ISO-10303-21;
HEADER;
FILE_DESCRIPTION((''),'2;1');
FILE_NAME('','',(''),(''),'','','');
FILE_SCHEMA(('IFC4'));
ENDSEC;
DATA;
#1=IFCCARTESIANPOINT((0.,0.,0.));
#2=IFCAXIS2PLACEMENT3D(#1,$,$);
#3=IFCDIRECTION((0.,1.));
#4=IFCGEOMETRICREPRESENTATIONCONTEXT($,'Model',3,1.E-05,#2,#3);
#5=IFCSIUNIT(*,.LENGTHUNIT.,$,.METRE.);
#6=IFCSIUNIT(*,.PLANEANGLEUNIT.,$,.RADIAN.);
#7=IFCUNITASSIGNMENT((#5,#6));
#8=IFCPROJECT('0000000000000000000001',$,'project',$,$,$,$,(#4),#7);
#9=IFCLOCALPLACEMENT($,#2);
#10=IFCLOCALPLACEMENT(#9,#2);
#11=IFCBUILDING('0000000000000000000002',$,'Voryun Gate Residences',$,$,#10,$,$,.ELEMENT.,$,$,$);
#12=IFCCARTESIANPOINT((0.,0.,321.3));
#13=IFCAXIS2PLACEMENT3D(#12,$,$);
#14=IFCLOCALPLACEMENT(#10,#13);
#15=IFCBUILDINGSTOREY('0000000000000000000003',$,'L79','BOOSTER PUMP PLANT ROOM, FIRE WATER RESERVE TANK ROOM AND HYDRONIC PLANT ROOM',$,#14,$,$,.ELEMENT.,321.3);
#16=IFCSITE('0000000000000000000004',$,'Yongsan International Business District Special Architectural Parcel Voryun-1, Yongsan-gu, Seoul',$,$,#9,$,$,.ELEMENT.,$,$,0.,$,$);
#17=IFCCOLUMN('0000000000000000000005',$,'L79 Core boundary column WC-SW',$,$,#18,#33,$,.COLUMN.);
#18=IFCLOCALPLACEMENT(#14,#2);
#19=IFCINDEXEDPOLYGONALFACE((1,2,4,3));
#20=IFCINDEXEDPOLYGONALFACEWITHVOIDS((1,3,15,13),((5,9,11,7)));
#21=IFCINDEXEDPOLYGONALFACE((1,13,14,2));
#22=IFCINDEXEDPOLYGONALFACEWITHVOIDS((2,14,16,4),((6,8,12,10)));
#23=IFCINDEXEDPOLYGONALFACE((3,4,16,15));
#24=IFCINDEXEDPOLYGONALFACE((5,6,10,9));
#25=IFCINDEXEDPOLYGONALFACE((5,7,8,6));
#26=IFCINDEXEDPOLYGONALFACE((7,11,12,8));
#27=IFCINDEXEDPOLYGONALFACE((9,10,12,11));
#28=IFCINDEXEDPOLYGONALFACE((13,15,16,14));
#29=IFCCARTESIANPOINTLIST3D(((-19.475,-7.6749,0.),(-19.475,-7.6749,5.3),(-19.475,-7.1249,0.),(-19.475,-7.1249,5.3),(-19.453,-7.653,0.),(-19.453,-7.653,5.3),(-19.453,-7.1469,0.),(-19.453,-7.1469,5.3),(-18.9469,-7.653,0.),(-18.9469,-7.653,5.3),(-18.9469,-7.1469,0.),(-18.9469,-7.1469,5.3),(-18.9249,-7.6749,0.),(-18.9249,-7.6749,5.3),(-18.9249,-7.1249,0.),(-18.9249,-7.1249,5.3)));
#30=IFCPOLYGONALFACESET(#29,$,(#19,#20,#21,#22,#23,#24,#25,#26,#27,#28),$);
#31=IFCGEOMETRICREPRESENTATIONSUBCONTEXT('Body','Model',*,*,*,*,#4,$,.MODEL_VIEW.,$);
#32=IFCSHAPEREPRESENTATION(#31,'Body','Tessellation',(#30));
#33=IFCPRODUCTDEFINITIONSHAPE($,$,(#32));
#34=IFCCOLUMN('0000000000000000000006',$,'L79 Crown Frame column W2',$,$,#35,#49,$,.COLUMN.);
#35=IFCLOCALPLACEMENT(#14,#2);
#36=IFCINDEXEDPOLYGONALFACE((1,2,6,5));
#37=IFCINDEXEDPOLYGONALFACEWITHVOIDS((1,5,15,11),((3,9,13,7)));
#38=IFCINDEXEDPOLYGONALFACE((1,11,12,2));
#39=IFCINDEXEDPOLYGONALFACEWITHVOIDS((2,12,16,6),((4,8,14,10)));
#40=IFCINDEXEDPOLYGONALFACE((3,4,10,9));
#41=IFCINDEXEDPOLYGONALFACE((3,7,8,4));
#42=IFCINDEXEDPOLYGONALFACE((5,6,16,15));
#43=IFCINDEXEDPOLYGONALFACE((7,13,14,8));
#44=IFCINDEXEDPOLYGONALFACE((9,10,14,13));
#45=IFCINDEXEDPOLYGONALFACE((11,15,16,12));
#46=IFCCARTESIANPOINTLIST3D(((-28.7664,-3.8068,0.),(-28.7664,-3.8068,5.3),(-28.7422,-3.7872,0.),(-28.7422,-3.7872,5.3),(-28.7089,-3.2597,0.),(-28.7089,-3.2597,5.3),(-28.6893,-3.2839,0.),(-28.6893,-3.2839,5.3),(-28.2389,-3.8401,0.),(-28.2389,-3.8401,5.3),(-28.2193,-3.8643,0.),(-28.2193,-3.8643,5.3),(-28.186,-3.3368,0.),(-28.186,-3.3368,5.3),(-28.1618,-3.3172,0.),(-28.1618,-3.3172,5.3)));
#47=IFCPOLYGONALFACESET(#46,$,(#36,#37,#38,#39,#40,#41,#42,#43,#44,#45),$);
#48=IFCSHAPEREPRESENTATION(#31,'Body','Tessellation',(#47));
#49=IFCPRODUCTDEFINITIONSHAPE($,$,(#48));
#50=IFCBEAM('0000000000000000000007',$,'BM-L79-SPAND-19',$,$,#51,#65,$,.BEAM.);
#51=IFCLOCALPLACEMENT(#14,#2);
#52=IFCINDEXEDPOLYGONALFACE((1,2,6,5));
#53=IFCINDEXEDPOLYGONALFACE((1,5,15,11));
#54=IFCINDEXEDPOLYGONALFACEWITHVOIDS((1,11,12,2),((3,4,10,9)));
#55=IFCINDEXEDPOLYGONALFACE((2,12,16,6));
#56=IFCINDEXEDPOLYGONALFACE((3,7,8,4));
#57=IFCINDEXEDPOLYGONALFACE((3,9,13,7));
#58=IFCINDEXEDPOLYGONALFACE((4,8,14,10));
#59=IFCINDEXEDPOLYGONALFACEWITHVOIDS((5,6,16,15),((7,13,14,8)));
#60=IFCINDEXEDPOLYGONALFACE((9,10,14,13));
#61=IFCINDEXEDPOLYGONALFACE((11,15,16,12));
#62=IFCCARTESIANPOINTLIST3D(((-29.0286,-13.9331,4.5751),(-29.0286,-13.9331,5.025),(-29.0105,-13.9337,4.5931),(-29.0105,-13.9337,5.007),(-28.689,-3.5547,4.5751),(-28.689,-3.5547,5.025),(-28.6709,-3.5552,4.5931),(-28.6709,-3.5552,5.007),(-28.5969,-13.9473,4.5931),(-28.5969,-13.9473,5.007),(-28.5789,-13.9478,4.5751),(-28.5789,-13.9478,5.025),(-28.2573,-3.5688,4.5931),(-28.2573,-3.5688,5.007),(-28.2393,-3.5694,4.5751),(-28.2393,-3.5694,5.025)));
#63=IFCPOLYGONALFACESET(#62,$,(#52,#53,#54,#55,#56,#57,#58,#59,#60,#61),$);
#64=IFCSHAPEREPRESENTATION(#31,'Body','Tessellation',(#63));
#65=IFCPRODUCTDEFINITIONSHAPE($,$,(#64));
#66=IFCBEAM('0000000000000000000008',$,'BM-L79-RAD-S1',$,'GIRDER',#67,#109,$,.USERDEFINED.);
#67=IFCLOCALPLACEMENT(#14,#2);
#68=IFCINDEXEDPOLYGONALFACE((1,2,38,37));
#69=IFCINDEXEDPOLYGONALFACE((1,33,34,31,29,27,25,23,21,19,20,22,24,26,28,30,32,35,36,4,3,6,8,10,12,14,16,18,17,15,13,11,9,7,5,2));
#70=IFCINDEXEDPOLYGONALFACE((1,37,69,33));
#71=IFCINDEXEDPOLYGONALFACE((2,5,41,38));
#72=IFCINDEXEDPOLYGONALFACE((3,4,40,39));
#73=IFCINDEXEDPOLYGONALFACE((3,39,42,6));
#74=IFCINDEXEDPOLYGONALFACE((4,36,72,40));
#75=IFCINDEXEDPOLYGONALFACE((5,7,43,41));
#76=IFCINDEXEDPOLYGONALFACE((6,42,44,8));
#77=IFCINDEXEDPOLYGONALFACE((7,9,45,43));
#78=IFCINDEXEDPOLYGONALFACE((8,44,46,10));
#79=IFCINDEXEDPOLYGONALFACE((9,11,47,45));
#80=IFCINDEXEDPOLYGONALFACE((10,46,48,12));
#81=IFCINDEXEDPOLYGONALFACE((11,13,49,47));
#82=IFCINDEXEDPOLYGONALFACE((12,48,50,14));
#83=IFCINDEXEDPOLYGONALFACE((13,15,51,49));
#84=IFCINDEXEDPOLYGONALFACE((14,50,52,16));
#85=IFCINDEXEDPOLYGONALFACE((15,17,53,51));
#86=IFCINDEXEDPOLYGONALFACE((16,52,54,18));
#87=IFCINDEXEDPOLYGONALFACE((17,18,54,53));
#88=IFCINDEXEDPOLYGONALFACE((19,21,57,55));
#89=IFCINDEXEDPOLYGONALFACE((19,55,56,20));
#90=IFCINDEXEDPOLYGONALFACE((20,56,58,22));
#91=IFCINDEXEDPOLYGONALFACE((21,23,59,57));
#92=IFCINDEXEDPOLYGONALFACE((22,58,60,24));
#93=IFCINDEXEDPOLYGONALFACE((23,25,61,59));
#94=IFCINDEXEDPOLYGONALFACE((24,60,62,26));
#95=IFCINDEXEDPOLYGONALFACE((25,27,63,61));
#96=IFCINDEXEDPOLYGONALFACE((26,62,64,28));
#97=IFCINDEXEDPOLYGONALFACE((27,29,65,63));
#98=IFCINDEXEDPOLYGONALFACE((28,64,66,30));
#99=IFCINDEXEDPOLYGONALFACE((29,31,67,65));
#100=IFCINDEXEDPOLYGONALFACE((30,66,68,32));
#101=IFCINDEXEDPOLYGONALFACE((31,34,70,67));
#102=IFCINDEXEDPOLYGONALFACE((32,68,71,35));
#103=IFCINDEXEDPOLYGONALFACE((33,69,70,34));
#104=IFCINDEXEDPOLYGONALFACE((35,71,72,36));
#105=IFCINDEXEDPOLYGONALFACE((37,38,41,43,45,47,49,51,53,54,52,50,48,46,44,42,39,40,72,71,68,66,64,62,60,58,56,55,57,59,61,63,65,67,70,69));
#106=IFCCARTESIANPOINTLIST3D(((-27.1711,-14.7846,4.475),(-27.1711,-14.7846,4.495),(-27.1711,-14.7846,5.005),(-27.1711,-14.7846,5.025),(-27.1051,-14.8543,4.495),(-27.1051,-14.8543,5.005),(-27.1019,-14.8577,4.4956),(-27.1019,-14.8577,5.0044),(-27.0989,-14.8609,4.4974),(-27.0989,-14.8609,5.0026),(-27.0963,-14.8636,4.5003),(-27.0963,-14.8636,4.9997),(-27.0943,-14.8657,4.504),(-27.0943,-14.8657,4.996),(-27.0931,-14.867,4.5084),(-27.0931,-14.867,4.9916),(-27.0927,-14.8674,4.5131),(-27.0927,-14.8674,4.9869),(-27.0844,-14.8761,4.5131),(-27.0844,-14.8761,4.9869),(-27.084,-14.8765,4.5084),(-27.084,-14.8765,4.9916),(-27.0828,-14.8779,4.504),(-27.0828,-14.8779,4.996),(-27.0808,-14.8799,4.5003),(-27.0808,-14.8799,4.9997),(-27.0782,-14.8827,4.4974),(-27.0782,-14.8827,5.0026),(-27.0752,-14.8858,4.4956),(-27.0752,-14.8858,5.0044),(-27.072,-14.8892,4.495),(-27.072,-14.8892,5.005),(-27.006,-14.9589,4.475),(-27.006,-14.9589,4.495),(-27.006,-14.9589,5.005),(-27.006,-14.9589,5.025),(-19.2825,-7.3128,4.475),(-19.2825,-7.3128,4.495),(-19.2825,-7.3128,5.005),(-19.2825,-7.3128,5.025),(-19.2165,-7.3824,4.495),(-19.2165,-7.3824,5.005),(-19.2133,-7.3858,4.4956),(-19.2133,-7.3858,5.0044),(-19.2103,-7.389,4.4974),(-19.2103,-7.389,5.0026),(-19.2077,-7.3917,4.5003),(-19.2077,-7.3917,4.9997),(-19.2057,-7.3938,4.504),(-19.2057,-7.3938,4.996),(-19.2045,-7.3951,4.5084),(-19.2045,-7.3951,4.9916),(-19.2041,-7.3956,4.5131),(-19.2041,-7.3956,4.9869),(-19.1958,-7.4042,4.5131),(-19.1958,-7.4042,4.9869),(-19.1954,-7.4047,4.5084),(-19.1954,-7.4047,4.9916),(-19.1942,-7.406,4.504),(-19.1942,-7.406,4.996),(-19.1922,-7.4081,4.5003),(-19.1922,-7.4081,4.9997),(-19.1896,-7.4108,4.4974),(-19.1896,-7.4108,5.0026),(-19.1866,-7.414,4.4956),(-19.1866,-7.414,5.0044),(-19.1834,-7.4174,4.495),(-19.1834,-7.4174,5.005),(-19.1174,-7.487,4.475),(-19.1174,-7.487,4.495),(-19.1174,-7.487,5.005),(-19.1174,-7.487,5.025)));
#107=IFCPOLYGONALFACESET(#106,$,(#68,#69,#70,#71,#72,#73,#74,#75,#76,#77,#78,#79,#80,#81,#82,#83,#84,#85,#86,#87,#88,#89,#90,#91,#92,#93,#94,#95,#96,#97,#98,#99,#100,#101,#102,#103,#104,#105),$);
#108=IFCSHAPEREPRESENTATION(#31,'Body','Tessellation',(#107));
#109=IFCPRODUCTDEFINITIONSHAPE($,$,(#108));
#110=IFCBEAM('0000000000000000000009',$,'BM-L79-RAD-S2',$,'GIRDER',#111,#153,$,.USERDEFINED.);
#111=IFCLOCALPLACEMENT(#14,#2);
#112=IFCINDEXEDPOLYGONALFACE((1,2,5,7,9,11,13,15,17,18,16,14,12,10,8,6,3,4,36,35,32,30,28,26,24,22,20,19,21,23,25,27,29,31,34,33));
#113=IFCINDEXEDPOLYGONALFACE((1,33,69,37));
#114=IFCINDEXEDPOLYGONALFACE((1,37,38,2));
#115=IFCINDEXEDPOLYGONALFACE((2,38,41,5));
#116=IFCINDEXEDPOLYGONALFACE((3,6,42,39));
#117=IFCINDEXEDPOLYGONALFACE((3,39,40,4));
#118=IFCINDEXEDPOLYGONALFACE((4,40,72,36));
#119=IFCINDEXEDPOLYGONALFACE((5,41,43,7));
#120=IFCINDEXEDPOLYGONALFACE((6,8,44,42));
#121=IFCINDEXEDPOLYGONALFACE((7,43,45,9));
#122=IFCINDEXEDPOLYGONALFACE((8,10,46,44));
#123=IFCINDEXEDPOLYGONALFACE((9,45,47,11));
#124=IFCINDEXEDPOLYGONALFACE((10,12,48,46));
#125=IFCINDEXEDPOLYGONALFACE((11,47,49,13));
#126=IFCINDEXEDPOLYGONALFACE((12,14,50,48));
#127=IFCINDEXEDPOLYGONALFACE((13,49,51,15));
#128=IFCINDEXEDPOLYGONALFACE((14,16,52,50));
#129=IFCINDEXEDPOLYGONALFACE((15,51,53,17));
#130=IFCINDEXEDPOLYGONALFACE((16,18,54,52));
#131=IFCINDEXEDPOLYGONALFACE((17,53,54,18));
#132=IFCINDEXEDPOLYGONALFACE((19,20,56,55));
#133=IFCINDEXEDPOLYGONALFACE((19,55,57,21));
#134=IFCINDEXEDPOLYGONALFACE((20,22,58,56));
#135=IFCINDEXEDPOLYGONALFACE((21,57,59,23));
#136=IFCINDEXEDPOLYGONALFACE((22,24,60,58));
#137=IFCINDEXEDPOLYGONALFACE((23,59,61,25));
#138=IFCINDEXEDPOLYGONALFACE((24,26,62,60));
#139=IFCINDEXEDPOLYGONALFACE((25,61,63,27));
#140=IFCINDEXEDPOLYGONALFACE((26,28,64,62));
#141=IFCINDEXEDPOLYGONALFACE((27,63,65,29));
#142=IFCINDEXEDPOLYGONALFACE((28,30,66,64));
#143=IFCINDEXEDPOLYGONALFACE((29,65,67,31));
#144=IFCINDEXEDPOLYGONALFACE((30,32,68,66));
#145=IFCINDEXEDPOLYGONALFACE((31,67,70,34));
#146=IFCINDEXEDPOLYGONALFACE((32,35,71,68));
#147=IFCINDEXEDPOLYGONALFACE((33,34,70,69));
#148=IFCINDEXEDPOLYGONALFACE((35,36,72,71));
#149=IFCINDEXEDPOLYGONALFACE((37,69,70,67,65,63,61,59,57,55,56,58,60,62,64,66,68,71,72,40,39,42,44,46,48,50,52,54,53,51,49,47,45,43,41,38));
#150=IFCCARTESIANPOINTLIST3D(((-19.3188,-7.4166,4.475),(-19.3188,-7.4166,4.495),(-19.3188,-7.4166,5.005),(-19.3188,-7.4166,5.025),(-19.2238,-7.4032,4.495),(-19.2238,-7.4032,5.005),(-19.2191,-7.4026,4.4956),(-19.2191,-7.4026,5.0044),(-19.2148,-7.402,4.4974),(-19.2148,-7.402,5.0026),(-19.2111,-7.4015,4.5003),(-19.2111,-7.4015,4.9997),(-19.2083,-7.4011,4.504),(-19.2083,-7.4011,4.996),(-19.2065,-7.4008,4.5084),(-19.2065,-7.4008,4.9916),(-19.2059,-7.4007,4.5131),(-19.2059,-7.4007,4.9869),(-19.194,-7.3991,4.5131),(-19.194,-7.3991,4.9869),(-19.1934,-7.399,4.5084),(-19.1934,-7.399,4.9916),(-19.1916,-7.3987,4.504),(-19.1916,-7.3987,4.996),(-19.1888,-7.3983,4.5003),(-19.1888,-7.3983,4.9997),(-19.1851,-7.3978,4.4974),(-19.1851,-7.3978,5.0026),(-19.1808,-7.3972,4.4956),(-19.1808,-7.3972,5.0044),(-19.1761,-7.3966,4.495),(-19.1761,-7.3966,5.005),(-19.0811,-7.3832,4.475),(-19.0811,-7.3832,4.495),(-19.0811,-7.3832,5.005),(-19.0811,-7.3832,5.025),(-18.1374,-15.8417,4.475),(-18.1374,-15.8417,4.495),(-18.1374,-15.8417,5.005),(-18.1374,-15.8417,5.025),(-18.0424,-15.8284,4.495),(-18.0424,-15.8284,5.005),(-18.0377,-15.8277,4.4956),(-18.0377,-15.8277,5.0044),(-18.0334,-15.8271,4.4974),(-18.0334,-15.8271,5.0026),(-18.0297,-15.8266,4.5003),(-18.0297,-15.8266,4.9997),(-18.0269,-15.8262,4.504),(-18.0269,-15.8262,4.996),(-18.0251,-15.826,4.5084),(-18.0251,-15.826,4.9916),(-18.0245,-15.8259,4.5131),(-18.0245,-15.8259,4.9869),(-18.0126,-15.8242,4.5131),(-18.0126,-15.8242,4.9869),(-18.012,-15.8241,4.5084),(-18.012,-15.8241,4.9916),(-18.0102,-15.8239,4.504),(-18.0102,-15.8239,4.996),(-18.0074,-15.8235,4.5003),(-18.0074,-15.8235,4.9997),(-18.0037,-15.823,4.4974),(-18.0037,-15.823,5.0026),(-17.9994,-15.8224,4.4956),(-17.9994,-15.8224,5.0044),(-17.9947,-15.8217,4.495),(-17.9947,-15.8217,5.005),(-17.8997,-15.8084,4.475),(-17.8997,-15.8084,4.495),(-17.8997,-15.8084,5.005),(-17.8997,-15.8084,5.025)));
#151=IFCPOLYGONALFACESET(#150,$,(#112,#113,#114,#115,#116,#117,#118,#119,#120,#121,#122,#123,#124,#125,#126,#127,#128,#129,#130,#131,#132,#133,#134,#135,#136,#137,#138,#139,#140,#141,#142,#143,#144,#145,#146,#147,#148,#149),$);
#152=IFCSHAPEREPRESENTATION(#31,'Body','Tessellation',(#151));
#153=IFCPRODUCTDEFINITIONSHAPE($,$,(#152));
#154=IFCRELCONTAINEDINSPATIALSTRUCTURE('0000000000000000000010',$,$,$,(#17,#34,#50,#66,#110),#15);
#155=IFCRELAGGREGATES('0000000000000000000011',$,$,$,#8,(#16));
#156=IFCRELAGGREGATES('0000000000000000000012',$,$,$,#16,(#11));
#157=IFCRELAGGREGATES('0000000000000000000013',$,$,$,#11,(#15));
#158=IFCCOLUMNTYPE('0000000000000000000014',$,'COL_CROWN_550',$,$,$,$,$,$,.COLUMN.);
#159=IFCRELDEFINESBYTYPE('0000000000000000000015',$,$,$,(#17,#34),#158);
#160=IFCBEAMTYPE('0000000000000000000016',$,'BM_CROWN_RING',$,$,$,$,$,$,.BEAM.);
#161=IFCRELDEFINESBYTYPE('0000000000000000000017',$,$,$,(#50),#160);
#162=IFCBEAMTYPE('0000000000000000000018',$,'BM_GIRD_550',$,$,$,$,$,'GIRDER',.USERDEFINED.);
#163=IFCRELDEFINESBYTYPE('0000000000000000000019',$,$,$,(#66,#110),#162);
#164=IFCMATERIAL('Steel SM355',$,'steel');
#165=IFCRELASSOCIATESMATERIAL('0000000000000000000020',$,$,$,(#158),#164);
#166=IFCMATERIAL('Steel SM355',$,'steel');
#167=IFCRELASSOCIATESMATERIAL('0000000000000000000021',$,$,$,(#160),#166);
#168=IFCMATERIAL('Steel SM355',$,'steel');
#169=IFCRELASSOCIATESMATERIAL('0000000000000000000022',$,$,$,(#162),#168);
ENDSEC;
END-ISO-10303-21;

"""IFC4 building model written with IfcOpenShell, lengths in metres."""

from ifc_helpers import new_model, si_unit, direction, frame, origin, origin_2d, place, context, subcontext, project, spatial, hollow_rectangle, i_section, extrude, material, material_profile, profile_set, type_object, element, save


model = new_model("IFC4")

# Units and contexts
model_context = context("Model", 3, precision=1e-05, world=origin(), true_north=direction((0.0, 1.0)))
body_context = subcontext(model_context, "Body", "Model", "MODEL_VIEW")
ifc_project = project(units=[si_unit("LENGTHUNIT", "METRE"), si_unit("PLANEANGLEUNIT", "RADIAN")], contexts=[model_context])

# Site, building, storey
site_placement = place(None, origin())
site = spatial("IfcSite", under=ifc_project, at=site_placement, Name="Yongsan International Business District Special Architectural Parcel Voryun-1, Yongsan-gu, Seoul", CompositionType="ELEMENT", RefElevation=0.0)
building_placement = place(site_placement, origin())
building = spatial("IfcBuilding", under=site, at=building_placement, Name="Voryun Gate Residences", CompositionType="ELEMENT")
storey_placement = place(building_placement, frame((0.0, 0.0, 321.3)))
storey = spatial("IfcBuildingStorey", under=building, at=storey_placement, Name="L79", Description="BOOSTER PUMP PLANT ROOM, FIRE WATER RESERVE TANK ROOM AND HYDRONIC PLANT ROOM", CompositionType="ELEMENT", Elevation=321.3)

# Columns
ifc_material_1 = material(Name="Steel SM355", Category="steel")
ifc_material_profile_1 = material_profile(ifc_material_1, hollow_rectangle(XDim=0.55, YDim=0.55, WallThickness=0.022, at=origin_2d()), Name="BOX-550x550x22")
ifc_profile_set_1 = profile_set([ifc_material_profile_1], Name="Steel SM355")
column_type = type_object("IfcColumnType", Name="COL_CROWN_550", PredefinedType="COLUMN", material=ifc_profile_set_1)
for number, where, z_axis, x_axis, name in (
    (1, (-19.2, -7.3999, 0.0), (0.0, 0.0, 1.0), (1.0, 0.0, 0.0), "L79 Core boundary column WC-SW"),
    (2, (-28.4641, -3.562, 0.0), (0.0, 0.0, 1.0), (0.994522, -0.104528, 0.0), "L79 Crown Frame column W2"),
):
    element("IfcColumn", number, at=place(storey_placement, frame(where, z_axis=z_axis, x_axis=x_axis)), inside=storey, type_object=column_type, Name=name, PredefinedType="COLUMN", context=body_context, shape_type="SweptSolid", body=[
        extrude(hollow_rectangle(XDim=0.55, YDim=0.55, WallThickness=0.022, at=origin_2d()), origin(), (0.0, 0.0, 1.0), 5.3),
    ])

# Beams
ifc_material_2 = material(Name="Steel SM355", Category="steel")
ifc_material_profile_2 = material_profile(ifc_material_2, hollow_rectangle(XDim=0.45, YDim=0.45, WallThickness=0.0181, at=origin_2d()), Name="BOX-450x450x18")
ifc_profile_set_2 = profile_set([ifc_material_profile_2], Name="Steel SM355")
beam_type_1 = type_object("IfcBeamType", Name="BM_CROWN_RING", PredefinedType="BEAM", material=ifc_profile_set_2)
beam_1_placement = place(storey_placement, frame((-28.4641, -3.562, 4.8), z_axis=(-0.032704, -0.999465, 0.0), x_axis=(0.999465, -0.032704, 0.0)))
element("IfcBeam", 3, at=beam_1_placement, inside=storey, type_object=beam_type_1, Name="BM-L79-SPAND-19", PredefinedType="BEAM", context=body_context, shape_type="SweptSolid", body=[
    extrude(hollow_rectangle(XDim=0.45, YDim=0.45, WallThickness=0.0181, at=origin_2d()), origin(), (0.0, 0.0, 1.0), 10.384),
])
ifc_material_3 = material(Name="Steel SM355", Category="steel")
ifc_material_profile_3 = material_profile(ifc_material_3, i_section(OverallWidth=0.24, OverallDepth=0.55, WebThickness=0.012, FlangeThickness=0.02, FilletRadius=0.0181, at=origin_2d()), Name="H-550x240x12x20")
ifc_profile_set_3 = profile_set([ifc_material_profile_3], Name="Steel SM355")
beam_type_2 = type_object("IfcBeamType", Name="BM_GIRD_550", ElementType="GIRDER", PredefinedType="USERDEFINED", material=ifc_profile_set_3)
beam_2_placement = place(storey_placement, frame((-19.2, -7.3999, 4.75), z_axis=(-0.726024, -0.687669, 0.0), x_axis=(0.687669, -0.726024, 0.0)))
element("IfcBeam", 4, at=beam_2_placement, inside=storey, type_object=beam_type_2, Name="BM-L79-RAD-S1", ObjectType="GIRDER", PredefinedType="USERDEFINED", context=body_context, shape_type="SweptSolid", body=[
    extrude(i_section(OverallWidth=0.24, OverallDepth=0.55, WebThickness=0.012, FlangeThickness=0.02, FilletRadius=0.0181, at=origin_2d()), origin(), (0.0, 0.0, 1.0), 10.8655),
])
beam_3_placement = place(storey_placement, frame((-19.2, -7.3999, 4.75), z_axis=(0.138866, -0.990311, 0.0), x_axis=(0.990311, 0.138866, 0.0)))
element("IfcBeam", 5, at=beam_3_placement, inside=storey, type_object=beam_type_2, Name="BM-L79-RAD-S2", ObjectType="GIRDER", PredefinedType="USERDEFINED", context=body_context, shape_type="SweptSolid", body=[
    extrude(i_section(OverallWidth=0.24, OverallDepth=0.55, WebThickness=0.012, FlangeThickness=0.02, FilletRadius=0.0181, at=origin_2d()), origin(), (0.0, 0.0, 1.0), 8.5076),
])

save(model, "model.ifc")
